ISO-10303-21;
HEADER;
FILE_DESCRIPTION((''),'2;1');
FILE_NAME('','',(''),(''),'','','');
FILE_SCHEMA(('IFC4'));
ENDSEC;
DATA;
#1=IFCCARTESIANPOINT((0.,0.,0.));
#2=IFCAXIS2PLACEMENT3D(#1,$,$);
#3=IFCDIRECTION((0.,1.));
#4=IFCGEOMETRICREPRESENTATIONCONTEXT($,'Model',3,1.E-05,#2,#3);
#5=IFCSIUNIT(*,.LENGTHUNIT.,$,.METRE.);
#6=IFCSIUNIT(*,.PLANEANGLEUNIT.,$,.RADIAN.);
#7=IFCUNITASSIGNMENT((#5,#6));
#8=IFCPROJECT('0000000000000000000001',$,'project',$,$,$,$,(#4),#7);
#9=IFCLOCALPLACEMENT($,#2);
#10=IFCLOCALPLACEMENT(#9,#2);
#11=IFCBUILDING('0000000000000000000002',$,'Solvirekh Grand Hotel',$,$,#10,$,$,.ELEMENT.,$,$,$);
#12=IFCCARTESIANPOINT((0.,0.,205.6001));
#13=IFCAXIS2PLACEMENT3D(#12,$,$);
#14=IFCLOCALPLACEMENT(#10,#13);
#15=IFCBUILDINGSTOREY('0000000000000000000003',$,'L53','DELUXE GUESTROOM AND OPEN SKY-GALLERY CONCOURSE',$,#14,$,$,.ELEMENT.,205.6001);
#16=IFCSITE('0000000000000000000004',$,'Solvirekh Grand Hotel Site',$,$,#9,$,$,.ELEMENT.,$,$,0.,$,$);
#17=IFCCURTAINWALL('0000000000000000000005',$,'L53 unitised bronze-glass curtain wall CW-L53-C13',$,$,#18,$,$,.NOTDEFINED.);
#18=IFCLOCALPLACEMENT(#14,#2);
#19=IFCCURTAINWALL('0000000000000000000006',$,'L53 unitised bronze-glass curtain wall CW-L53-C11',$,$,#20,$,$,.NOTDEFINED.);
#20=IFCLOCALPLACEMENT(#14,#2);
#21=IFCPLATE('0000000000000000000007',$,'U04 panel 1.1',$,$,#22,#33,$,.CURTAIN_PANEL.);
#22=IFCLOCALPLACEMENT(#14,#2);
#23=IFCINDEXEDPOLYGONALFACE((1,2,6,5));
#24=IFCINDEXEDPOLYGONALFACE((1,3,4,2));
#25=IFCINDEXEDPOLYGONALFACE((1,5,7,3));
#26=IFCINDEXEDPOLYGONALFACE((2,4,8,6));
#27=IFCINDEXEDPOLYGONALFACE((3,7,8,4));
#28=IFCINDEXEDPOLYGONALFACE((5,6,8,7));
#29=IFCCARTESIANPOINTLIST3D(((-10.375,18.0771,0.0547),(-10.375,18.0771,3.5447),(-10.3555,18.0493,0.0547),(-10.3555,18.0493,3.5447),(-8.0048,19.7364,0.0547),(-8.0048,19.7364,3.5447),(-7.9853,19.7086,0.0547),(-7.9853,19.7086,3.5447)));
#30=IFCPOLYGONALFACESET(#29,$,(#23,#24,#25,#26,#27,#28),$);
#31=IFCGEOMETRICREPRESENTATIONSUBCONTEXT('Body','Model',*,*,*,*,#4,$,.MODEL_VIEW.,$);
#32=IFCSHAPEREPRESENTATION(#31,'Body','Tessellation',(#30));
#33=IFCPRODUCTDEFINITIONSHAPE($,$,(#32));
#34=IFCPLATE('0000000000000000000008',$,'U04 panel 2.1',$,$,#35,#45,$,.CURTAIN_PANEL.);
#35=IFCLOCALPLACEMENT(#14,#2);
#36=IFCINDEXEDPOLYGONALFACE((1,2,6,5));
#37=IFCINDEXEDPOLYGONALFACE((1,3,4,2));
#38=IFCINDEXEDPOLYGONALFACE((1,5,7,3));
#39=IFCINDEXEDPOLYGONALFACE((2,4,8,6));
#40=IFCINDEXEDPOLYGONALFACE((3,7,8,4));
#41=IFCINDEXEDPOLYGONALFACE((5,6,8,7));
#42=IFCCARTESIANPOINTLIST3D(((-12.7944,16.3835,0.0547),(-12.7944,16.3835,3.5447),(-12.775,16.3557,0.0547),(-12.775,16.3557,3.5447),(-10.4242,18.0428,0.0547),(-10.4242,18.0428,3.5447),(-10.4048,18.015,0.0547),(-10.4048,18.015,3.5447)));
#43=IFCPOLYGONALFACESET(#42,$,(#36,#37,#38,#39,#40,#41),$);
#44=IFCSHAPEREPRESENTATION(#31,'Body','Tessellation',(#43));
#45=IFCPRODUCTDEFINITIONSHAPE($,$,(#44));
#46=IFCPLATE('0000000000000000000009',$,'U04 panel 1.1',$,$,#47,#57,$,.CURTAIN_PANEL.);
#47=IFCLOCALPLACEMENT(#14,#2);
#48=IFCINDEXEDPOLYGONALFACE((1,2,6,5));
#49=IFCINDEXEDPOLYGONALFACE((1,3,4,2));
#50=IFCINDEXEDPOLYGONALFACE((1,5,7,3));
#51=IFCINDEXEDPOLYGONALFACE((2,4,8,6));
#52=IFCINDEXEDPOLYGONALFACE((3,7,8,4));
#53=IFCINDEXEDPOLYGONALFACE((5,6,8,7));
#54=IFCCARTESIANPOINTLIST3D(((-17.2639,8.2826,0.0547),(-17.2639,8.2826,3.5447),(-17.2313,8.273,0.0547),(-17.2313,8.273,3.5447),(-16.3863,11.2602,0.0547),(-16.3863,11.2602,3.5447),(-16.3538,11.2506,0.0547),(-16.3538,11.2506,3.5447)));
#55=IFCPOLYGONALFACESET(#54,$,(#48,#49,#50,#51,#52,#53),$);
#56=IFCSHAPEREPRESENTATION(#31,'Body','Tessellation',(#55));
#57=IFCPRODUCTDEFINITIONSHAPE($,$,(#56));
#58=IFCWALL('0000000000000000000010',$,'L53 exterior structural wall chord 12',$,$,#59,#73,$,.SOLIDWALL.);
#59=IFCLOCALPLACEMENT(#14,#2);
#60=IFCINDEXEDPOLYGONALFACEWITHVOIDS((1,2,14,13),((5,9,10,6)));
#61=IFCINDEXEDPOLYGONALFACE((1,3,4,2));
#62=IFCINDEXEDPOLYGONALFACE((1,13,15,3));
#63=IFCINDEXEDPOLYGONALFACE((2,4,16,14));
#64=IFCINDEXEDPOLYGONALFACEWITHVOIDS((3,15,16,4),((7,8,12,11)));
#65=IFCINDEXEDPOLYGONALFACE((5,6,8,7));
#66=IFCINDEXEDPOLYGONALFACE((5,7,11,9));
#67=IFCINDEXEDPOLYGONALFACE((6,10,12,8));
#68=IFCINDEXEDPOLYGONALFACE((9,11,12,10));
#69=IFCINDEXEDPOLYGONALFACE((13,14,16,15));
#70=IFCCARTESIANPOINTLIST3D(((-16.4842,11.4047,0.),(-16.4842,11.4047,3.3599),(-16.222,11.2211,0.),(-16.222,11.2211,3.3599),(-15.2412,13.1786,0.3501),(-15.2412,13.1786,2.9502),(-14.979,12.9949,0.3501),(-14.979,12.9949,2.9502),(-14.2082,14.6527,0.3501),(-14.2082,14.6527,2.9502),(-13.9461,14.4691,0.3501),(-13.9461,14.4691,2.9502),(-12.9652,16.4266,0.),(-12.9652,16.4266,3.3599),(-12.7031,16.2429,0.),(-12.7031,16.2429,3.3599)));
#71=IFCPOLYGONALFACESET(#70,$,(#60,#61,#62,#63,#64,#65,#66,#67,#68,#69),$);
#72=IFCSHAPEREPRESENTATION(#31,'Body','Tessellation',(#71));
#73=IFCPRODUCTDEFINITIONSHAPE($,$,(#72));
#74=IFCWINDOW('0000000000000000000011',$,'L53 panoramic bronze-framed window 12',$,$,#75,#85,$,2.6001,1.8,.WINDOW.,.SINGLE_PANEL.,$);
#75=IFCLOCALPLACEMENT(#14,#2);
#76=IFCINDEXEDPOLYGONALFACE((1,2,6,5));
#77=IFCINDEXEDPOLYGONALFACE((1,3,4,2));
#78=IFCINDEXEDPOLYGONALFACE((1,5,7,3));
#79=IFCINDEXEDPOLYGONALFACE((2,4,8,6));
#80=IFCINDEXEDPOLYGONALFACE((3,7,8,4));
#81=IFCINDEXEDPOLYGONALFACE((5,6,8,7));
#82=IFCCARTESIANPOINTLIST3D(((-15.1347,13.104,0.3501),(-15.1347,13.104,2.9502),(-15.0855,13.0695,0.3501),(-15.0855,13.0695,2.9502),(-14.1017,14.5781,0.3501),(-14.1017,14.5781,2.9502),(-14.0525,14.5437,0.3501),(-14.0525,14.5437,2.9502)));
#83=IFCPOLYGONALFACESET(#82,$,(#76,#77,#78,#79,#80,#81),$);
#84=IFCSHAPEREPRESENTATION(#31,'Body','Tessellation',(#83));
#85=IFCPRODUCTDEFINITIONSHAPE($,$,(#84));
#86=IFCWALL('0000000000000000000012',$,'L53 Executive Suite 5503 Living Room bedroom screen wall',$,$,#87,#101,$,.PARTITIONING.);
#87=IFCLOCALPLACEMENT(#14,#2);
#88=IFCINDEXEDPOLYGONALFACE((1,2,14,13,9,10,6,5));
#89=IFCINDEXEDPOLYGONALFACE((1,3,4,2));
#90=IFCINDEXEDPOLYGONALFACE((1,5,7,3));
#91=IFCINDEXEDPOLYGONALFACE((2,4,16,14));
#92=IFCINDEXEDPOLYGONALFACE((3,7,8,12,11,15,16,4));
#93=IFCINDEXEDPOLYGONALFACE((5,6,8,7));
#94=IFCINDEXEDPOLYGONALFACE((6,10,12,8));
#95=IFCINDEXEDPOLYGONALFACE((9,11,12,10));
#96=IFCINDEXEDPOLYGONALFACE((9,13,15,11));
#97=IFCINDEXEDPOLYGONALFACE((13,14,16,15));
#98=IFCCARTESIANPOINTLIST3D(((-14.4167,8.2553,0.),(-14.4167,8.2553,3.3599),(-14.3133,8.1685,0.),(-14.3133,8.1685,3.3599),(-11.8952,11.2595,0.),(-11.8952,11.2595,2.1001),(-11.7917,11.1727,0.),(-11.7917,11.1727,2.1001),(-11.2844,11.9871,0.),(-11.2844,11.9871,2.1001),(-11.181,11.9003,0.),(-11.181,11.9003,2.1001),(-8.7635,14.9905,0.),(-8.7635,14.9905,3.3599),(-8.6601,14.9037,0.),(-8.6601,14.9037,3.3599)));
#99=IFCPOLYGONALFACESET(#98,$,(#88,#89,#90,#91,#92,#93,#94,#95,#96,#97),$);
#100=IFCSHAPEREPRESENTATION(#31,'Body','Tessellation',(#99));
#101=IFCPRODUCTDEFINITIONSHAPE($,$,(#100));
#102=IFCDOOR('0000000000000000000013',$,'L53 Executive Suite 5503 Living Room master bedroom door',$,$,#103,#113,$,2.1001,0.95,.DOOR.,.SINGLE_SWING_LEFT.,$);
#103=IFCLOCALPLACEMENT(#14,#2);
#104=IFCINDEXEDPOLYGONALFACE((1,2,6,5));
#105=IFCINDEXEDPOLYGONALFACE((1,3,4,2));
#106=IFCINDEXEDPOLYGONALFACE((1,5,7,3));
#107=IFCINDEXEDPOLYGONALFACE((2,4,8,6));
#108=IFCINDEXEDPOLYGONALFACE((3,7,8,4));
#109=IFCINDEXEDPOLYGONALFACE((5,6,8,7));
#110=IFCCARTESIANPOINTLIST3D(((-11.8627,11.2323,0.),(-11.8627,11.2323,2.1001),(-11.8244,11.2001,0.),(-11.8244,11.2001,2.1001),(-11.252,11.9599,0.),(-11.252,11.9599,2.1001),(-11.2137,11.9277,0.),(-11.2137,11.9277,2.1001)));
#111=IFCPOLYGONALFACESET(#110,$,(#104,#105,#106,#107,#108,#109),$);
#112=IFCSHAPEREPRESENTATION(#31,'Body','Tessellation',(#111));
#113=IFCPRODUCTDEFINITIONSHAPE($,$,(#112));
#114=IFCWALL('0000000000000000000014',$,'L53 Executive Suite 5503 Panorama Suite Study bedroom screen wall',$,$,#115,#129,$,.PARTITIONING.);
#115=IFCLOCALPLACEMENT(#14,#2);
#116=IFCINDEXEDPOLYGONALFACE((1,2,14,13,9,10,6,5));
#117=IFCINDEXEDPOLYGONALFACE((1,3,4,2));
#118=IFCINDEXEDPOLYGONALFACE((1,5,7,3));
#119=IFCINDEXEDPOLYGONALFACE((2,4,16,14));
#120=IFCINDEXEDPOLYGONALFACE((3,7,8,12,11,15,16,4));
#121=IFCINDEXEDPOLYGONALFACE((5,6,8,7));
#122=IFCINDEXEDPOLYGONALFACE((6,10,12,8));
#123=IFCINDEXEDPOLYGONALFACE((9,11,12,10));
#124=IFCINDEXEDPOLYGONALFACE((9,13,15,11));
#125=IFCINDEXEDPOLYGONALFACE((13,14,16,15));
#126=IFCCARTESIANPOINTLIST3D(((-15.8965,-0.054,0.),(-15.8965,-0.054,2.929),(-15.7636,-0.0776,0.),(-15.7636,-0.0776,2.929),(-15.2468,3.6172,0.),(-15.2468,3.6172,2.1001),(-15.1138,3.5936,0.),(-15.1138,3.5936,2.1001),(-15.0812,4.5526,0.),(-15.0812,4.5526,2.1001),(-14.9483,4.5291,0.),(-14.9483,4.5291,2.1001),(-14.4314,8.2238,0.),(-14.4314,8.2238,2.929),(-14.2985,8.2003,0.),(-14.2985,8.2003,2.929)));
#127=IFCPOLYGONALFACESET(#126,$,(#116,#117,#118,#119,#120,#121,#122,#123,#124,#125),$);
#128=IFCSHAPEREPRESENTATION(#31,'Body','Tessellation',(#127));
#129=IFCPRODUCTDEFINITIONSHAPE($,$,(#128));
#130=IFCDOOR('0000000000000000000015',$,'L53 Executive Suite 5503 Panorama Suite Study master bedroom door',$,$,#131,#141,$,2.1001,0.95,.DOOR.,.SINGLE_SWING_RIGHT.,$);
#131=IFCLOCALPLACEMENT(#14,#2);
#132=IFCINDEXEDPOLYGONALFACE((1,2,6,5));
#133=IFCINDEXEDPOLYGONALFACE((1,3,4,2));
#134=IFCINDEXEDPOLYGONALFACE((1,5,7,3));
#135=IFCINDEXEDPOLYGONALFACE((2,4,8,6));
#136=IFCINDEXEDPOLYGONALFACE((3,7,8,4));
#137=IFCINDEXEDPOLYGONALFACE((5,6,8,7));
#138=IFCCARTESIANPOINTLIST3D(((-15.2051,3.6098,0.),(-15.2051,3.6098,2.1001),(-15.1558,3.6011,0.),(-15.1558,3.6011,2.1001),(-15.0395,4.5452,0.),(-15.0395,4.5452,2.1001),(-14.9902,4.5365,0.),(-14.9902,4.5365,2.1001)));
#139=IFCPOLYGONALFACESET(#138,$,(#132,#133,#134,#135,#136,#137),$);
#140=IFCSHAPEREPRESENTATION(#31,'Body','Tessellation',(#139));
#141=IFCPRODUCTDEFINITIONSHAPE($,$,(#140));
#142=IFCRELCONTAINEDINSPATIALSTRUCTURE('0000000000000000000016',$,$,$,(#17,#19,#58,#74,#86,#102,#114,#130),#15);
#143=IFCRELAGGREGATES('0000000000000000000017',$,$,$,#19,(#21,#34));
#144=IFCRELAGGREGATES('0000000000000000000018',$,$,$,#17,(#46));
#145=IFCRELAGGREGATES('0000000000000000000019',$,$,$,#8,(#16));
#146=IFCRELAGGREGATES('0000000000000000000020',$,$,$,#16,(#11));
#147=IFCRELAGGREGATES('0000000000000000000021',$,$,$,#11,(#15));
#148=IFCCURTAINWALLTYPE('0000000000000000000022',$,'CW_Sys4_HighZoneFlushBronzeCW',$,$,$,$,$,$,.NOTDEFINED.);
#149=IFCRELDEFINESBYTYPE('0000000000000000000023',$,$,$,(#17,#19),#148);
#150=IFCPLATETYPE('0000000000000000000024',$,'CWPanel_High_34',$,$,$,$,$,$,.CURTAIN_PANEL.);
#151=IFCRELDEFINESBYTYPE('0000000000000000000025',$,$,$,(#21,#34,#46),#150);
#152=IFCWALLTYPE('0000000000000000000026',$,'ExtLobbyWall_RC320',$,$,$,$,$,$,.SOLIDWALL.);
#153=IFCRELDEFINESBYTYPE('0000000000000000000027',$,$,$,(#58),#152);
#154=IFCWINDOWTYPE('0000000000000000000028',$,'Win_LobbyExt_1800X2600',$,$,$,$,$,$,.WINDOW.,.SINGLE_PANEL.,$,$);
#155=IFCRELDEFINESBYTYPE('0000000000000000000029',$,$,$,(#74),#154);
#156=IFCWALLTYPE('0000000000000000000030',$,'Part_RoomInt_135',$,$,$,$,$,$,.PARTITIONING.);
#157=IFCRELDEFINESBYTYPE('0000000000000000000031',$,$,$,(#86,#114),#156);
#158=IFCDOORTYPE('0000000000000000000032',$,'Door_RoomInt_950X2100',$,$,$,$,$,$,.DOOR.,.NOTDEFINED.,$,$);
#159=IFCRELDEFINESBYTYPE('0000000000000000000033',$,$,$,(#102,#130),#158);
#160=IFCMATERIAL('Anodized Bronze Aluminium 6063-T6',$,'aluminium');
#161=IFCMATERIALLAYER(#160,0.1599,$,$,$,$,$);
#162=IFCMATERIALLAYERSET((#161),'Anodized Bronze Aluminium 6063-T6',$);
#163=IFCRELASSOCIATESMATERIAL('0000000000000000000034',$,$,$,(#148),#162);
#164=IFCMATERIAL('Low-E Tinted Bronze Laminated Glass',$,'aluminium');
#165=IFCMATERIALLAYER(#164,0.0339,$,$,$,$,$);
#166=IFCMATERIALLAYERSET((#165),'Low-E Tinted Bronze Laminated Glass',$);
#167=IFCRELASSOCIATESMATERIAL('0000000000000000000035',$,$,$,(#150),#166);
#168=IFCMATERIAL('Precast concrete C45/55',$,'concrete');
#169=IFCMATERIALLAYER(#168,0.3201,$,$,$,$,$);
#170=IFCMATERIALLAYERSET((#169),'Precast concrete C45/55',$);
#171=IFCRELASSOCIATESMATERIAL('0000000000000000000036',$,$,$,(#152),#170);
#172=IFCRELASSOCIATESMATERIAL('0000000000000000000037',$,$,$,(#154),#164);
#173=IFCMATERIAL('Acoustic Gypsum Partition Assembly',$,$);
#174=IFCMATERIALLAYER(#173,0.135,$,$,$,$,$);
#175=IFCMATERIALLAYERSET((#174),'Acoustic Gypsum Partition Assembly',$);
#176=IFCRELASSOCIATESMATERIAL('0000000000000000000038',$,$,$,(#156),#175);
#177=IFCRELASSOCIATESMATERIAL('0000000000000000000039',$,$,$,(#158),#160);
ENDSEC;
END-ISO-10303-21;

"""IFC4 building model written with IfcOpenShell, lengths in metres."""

from ifc_helpers import new_model, si_unit, direction, frame, frame_2d, origin, origin_2d, place, context, subcontext, project, spatial, rectangle, extrude, source, transform, mapped, material, layer, layer_set, type_object, element, fill, aggregate, save


model = new_model("IFC4")

# Units and contexts
model_context = context("Model", 3, precision=1e-05, world=origin(), true_north=direction((0.0, 1.0)))
body_context = subcontext(model_context, "Body", "Model", "MODEL_VIEW")
ifc_project = project(units=[si_unit("LENGTHUNIT", "METRE"), si_unit("PLANEANGLEUNIT", "RADIAN")], contexts=[model_context])

# Site, building, storey
site_placement = place(None, origin())
site = spatial("IfcSite", under=ifc_project, at=site_placement, Name="Solvirekh Grand Hotel Site", CompositionType="ELEMENT", RefElevation=0.0)
building_placement = place(site_placement, origin())
building = spatial("IfcBuilding", under=site, at=building_placement, Name="Solvirekh Grand Hotel", CompositionType="ELEMENT")
storey_placement = place(building_placement, frame((0.0, 0.0, 205.6001)))
storey = spatial("IfcBuildingStorey", under=building, at=storey_placement, Name="L53", Description="DELUXE GUESTROOM AND OPEN SKY-GALLERY CONCOURSE", CompositionType="ELEMENT", Elevation=205.6001)

# Curtain walls
ifc_material_1 = material(Name="Anodized Bronze Aluminium 6063-T6", Category="aluminium")
ifc_layer_1 = layer(ifc_material_1, 0.1599)
ifc_layer_set_1 = layer_set([ifc_layer_1], Name="Anodized Bronze Aluminium 6063-T6")
curtain_wall_type = type_object("IfcCurtainWallType", Name="CW_Sys4_HighZoneFlushBronzeCW", PredefinedType="NOTDEFINED", material=ifc_layer_set_1)
curtain_wall_1_placement = place(storey_placement, origin())
curtain_wall_1 = element("IfcCurtainWall", 1, at=curtain_wall_1_placement, inside=storey, type_object=curtain_wall_type, Name="L53 unitised bronze-glass curtain wall CW-L53-C13", PredefinedType="NOTDEFINED")
curtain_wall_2_placement = place(storey_placement, origin())
curtain_wall_2 = element("IfcCurtainWall", 2, at=curtain_wall_2_placement, inside=storey, type_object=curtain_wall_type, Name="L53 unitised bronze-glass curtain wall CW-L53-C11", PredefinedType="NOTDEFINED")

# Plates
ifc_material_2 = material(Name="Low-E Tinted Bronze Laminated Glass", Category="aluminium")
ifc_layer_2 = layer(ifc_material_2, 0.0339)
ifc_layer_set_2 = layer_set([ifc_layer_2], Name="Low-E Tinted Bronze Laminated Glass")
plate_type = type_object("IfcPlateType", Name="CWPanel_High_34", PredefinedType="CURTAIN_PANEL", material=ifc_layer_set_2)
shared_shape_1 = source(origin(), body_context, "Body", "SweptSolid", [
    extrude(rectangle(XDim=2.8933, YDim=0.0339, at=origin_2d()), origin(), (0.0, 0.0, 1.0), 3.49),
])
plate_1_placement = place(storey_placement, frame((-9.1802, 18.8928, 0.0547), z_axis=(0.0, 0.0, 1.0), x_axis=(-0.8192, -0.573507, 0.0)))
plate_1 = element("IfcPlate", 3, at=plate_1_placement, type_object=plate_type, Name="U04 panel 1.1", PredefinedType="CURTAIN_PANEL", context=body_context, shape_type="MappedRepresentation", body=[
    mapped(shared_shape_1, transform((0.0, 0.0, 0.0), x_axis=(1.0, 0.0, 0.0), y_axis=(0.0, 1.0, 0.0), z_axis=(0.0, 0.0, 1.0), scale=1.0)),
])
plate_2_placement = place(storey_placement, frame((-11.5996, 17.1992, 0.0547), z_axis=(0.0, 0.0, 1.0), x_axis=(-0.8192, -0.573507, 0.0)))
plate_2 = element("IfcPlate", 4, at=plate_2_placement, type_object=plate_type, Name="U04 panel 2.1", PredefinedType="CURTAIN_PANEL", context=body_context, shape_type="MappedRepresentation", body=[
    mapped(shared_shape_1, transform((0.0, 0.0, 0.0), x_axis=(1.0, 0.0, 0.0), y_axis=(0.0, 1.0, 0.0), z_axis=(0.0, 0.0, 1.0), scale=1.0)),
])
aggregate(curtain_wall_2, [plate_1, plate_2])
shared_shape_2 = source(origin(), body_context, "Body", "SweptSolid", [
    extrude(rectangle(XDim=3.1042, YDim=0.0339, at=origin_2d()), origin(), (0.0, 0.0, 1.0), 3.49),
])
plate_3_placement = place(storey_placement, frame((-16.8088, 9.7666, 0.0547), z_axis=(0.0, 0.0, 1.0), x_axis=(-0.282692, -0.959211, 0.0)))
plate_3 = element("IfcPlate", 5, at=plate_3_placement, type_object=plate_type, Name="U04 panel 1.1", PredefinedType="CURTAIN_PANEL", context=body_context, shape_type="MappedRepresentation", body=[
    mapped(shared_shape_2, transform((0.0, 0.0, 0.0), x_axis=(1.0, 0.0, 0.0), y_axis=(0.0, 1.0, 0.0), z_axis=(0.0, 0.0, 1.0), scale=1.0)),
])
aggregate(curtain_wall_1, [plate_3])

# Wall, opening, window
ifc_material_3 = material(Name="Precast concrete C45/55", Category="concrete")
ifc_layer_3 = layer(ifc_material_3, 0.3201)
ifc_layer_set_3 = layer_set([ifc_layer_3], Name="Precast concrete C45/55")
wall_type_1 = type_object("IfcWallType", Name="ExtLobbyWall_RC320", PredefinedType="SOLIDWALL", material=ifc_layer_set_3)
wall_1_placement = place(storey_placement, frame((-16.353, 11.313, 0.0), z_axis=(0.0, 0.0, 1.0), x_axis=(0.573863, 0.818951, 0.0)))
wall_1 = element("IfcWall", 6, at=wall_1_placement, inside=storey, type_object=wall_type_1, Name="L53 exterior structural wall chord 12", PredefinedType="SOLIDWALL", context=body_context, shape_type="SweptSolid", body=[
    extrude(rectangle(XDim=6.1321, YDim=0.3201, at=frame_2d((3.0659, 0.0))), origin(), (0.0, 0.0, 1.0), 3.3599),
])
opening_1_placement = place(wall_1_placement, frame((2.166, 0.0, 0.3501)))
opening_1 = element("IfcOpeningElement", 7, at=opening_1_placement, cuts=wall_1, PredefinedType="OPENING", context=body_context, shape_type="SweptSolid", body=[
    extrude(rectangle(XDim=1.8, YDim=2.6001, at=frame_2d((0.8999, 1.3))), frame((0.0, 0.1699, 0.0), z_axis=(0.0, -1.0, 0.0), x_axis=(1.0, 0.0, 0.0)), (0.0, 0.0, 1.0), 0.3401),
])
window_type = type_object("IfcWindowType", Name="Win_LobbyExt_1800X2600", PartitioningType="SINGLE_PANEL", PredefinedType="WINDOW", material=ifc_material_2)
window_placement = place(opening_1_placement, origin())
window = element("IfcWindow", 8, at=window_placement, inside=storey, type_object=window_type, Name="L53 panoramic bronze-framed window 12", OverallHeight=2.6001, OverallWidth=1.8, PartitioningType="SINGLE_PANEL", PredefinedType="WINDOW", context=body_context, shape_type="SweptSolid", body=[
    extrude(rectangle(XDim=1.8, YDim=2.6001, at=frame_2d((0.8999, 1.3))), frame((0.0, 0.03, 0.0), z_axis=(0.0, -1.0, 0.0), x_axis=(1.0, 0.0, 0.0)), (0.0, 0.0, 1.0), 0.0601),
])
fill(opening_1, window)

# Walls, openings, doors
ifc_material_4 = material(Name="Acoustic Gypsum Partition Assembly")
ifc_layer_4 = layer(ifc_material_4, 0.135)
ifc_layer_set_4 = layer_set([ifc_layer_4], Name="Acoustic Gypsum Partition Assembly")
wall_type_2 = type_object("IfcWallType", Name="Part_RoomInt_135", PredefinedType="PARTITIONING", material=ifc_layer_set_4)
wall_2_placement = place(storey_placement, frame((-8.7119, 14.947, 0.0), z_axis=(0.0, 0.0, 1.0), x_axis=(-0.642898, -0.765952, 0.0)))
wall_2 = element("IfcWall", 9, at=wall_2_placement, inside=storey, type_object=wall_type_2, Name="L53 Executive Suite 5503 Living Room bedroom screen wall", PredefinedType="PARTITIONING", context=body_context, shape_type="SweptSolid", body=[
    extrude(rectangle(XDim=8.7932, YDim=0.135, at=frame_2d((4.3965, 0.0))), origin(), (0.0, 0.0, 1.0), 3.3599),
])
opening_2_placement = place(wall_2_placement, frame((3.9209, 0.0, 0.0)))
opening_2 = element("IfcOpeningElement", 10, at=opening_2_placement, cuts=wall_2, PredefinedType="OPENING", context=body_context, shape_type="SweptSolid", body=[
    extrude(rectangle(XDim=0.95, YDim=2.1001, at=frame_2d((0.4751, 1.05))), frame((0.0, 0.0776, 0.0), z_axis=(0.0, -1.0, 0.0), x_axis=(1.0, 0.0, 0.0)), (0.0, 0.0, 1.0), 0.155),
])
door_type = type_object("IfcDoorType", Name="Door_RoomInt_950X2100", OperationType="NOTDEFINED", PredefinedType="DOOR", material=ifc_material_1)
door_1_placement = place(opening_2_placement, origin())
door_1 = element("IfcDoor", 11, at=door_1_placement, inside=storey, type_object=door_type, Name="L53 Executive Suite 5503 Living Room master bedroom door", OperationType="SINGLE_SWING_LEFT", OverallHeight=2.1001, OverallWidth=0.95, PredefinedType="DOOR", context=body_context, shape_type="SweptSolid", body=[
    extrude(rectangle(XDim=0.95, YDim=2.1001, at=frame_2d((0.4751, 1.05))), frame((0.0, 0.0249, 0.0), z_axis=(0.0, -1.0, 0.0), x_axis=(1.0, 0.0, 0.0)), (0.0, 0.0, 1.0), 0.05),
])
fill(opening_2, door_1)
wall_3_placement = place(storey_placement, frame((-14.365, 8.2119, 0.0), z_axis=(0.0, 0.0, 1.0), x_axis=(-0.174281, -0.984696, 0.0)))
wall_3 = element("IfcWall", 12, at=wall_3_placement, inside=storey, type_object=wall_type_2, Name="L53 Executive Suite 5503 Panorama Suite Study bedroom screen wall", PredefinedType="PARTITIONING", context=body_context, shape_type="SweptSolid", body=[
    extrude(rectangle(XDim=8.4065, YDim=0.135, at=frame_2d((4.2031, 0.0))), origin(), (0.0, 0.0, 1.0), 2.929),
])
opening_3_placement = place(wall_3_placement, frame((3.728, 0.0, 0.0)))
opening_3 = element("IfcOpeningElement", 13, at=opening_3_placement, cuts=wall_3, PredefinedType="OPENING", context=body_context, shape_type="SweptSolid", body=[
    extrude(rectangle(XDim=0.95, YDim=2.1001, at=frame_2d((0.4751, 1.05))), frame((0.0, 0.0776, 0.0), z_axis=(0.0, -1.0, 0.0), x_axis=(1.0, 0.0, 0.0)), (0.0, 0.0, 1.0), 0.155),
])
door_2_placement = place(opening_3_placement, origin())
door_2 = element("IfcDoor", 14, at=door_2_placement, inside=storey, type_object=door_type, Name="L53 Executive Suite 5503 Panorama Suite Study master bedroom door", OperationType="SINGLE_SWING_RIGHT", OverallHeight=2.1001, OverallWidth=0.95, PredefinedType="DOOR", context=body_context, shape_type="SweptSolid", body=[
    extrude(rectangle(XDim=0.95, YDim=2.1001, at=frame_2d((0.4751, 1.05))), frame((0.0, 0.0249, 0.0), z_axis=(0.0, -1.0, 0.0), x_axis=(1.0, 0.0, 0.0)), (0.0, 0.0, 1.0), 0.05),
])
fill(opening_3, door_2)

save(model, "model.ifc")
